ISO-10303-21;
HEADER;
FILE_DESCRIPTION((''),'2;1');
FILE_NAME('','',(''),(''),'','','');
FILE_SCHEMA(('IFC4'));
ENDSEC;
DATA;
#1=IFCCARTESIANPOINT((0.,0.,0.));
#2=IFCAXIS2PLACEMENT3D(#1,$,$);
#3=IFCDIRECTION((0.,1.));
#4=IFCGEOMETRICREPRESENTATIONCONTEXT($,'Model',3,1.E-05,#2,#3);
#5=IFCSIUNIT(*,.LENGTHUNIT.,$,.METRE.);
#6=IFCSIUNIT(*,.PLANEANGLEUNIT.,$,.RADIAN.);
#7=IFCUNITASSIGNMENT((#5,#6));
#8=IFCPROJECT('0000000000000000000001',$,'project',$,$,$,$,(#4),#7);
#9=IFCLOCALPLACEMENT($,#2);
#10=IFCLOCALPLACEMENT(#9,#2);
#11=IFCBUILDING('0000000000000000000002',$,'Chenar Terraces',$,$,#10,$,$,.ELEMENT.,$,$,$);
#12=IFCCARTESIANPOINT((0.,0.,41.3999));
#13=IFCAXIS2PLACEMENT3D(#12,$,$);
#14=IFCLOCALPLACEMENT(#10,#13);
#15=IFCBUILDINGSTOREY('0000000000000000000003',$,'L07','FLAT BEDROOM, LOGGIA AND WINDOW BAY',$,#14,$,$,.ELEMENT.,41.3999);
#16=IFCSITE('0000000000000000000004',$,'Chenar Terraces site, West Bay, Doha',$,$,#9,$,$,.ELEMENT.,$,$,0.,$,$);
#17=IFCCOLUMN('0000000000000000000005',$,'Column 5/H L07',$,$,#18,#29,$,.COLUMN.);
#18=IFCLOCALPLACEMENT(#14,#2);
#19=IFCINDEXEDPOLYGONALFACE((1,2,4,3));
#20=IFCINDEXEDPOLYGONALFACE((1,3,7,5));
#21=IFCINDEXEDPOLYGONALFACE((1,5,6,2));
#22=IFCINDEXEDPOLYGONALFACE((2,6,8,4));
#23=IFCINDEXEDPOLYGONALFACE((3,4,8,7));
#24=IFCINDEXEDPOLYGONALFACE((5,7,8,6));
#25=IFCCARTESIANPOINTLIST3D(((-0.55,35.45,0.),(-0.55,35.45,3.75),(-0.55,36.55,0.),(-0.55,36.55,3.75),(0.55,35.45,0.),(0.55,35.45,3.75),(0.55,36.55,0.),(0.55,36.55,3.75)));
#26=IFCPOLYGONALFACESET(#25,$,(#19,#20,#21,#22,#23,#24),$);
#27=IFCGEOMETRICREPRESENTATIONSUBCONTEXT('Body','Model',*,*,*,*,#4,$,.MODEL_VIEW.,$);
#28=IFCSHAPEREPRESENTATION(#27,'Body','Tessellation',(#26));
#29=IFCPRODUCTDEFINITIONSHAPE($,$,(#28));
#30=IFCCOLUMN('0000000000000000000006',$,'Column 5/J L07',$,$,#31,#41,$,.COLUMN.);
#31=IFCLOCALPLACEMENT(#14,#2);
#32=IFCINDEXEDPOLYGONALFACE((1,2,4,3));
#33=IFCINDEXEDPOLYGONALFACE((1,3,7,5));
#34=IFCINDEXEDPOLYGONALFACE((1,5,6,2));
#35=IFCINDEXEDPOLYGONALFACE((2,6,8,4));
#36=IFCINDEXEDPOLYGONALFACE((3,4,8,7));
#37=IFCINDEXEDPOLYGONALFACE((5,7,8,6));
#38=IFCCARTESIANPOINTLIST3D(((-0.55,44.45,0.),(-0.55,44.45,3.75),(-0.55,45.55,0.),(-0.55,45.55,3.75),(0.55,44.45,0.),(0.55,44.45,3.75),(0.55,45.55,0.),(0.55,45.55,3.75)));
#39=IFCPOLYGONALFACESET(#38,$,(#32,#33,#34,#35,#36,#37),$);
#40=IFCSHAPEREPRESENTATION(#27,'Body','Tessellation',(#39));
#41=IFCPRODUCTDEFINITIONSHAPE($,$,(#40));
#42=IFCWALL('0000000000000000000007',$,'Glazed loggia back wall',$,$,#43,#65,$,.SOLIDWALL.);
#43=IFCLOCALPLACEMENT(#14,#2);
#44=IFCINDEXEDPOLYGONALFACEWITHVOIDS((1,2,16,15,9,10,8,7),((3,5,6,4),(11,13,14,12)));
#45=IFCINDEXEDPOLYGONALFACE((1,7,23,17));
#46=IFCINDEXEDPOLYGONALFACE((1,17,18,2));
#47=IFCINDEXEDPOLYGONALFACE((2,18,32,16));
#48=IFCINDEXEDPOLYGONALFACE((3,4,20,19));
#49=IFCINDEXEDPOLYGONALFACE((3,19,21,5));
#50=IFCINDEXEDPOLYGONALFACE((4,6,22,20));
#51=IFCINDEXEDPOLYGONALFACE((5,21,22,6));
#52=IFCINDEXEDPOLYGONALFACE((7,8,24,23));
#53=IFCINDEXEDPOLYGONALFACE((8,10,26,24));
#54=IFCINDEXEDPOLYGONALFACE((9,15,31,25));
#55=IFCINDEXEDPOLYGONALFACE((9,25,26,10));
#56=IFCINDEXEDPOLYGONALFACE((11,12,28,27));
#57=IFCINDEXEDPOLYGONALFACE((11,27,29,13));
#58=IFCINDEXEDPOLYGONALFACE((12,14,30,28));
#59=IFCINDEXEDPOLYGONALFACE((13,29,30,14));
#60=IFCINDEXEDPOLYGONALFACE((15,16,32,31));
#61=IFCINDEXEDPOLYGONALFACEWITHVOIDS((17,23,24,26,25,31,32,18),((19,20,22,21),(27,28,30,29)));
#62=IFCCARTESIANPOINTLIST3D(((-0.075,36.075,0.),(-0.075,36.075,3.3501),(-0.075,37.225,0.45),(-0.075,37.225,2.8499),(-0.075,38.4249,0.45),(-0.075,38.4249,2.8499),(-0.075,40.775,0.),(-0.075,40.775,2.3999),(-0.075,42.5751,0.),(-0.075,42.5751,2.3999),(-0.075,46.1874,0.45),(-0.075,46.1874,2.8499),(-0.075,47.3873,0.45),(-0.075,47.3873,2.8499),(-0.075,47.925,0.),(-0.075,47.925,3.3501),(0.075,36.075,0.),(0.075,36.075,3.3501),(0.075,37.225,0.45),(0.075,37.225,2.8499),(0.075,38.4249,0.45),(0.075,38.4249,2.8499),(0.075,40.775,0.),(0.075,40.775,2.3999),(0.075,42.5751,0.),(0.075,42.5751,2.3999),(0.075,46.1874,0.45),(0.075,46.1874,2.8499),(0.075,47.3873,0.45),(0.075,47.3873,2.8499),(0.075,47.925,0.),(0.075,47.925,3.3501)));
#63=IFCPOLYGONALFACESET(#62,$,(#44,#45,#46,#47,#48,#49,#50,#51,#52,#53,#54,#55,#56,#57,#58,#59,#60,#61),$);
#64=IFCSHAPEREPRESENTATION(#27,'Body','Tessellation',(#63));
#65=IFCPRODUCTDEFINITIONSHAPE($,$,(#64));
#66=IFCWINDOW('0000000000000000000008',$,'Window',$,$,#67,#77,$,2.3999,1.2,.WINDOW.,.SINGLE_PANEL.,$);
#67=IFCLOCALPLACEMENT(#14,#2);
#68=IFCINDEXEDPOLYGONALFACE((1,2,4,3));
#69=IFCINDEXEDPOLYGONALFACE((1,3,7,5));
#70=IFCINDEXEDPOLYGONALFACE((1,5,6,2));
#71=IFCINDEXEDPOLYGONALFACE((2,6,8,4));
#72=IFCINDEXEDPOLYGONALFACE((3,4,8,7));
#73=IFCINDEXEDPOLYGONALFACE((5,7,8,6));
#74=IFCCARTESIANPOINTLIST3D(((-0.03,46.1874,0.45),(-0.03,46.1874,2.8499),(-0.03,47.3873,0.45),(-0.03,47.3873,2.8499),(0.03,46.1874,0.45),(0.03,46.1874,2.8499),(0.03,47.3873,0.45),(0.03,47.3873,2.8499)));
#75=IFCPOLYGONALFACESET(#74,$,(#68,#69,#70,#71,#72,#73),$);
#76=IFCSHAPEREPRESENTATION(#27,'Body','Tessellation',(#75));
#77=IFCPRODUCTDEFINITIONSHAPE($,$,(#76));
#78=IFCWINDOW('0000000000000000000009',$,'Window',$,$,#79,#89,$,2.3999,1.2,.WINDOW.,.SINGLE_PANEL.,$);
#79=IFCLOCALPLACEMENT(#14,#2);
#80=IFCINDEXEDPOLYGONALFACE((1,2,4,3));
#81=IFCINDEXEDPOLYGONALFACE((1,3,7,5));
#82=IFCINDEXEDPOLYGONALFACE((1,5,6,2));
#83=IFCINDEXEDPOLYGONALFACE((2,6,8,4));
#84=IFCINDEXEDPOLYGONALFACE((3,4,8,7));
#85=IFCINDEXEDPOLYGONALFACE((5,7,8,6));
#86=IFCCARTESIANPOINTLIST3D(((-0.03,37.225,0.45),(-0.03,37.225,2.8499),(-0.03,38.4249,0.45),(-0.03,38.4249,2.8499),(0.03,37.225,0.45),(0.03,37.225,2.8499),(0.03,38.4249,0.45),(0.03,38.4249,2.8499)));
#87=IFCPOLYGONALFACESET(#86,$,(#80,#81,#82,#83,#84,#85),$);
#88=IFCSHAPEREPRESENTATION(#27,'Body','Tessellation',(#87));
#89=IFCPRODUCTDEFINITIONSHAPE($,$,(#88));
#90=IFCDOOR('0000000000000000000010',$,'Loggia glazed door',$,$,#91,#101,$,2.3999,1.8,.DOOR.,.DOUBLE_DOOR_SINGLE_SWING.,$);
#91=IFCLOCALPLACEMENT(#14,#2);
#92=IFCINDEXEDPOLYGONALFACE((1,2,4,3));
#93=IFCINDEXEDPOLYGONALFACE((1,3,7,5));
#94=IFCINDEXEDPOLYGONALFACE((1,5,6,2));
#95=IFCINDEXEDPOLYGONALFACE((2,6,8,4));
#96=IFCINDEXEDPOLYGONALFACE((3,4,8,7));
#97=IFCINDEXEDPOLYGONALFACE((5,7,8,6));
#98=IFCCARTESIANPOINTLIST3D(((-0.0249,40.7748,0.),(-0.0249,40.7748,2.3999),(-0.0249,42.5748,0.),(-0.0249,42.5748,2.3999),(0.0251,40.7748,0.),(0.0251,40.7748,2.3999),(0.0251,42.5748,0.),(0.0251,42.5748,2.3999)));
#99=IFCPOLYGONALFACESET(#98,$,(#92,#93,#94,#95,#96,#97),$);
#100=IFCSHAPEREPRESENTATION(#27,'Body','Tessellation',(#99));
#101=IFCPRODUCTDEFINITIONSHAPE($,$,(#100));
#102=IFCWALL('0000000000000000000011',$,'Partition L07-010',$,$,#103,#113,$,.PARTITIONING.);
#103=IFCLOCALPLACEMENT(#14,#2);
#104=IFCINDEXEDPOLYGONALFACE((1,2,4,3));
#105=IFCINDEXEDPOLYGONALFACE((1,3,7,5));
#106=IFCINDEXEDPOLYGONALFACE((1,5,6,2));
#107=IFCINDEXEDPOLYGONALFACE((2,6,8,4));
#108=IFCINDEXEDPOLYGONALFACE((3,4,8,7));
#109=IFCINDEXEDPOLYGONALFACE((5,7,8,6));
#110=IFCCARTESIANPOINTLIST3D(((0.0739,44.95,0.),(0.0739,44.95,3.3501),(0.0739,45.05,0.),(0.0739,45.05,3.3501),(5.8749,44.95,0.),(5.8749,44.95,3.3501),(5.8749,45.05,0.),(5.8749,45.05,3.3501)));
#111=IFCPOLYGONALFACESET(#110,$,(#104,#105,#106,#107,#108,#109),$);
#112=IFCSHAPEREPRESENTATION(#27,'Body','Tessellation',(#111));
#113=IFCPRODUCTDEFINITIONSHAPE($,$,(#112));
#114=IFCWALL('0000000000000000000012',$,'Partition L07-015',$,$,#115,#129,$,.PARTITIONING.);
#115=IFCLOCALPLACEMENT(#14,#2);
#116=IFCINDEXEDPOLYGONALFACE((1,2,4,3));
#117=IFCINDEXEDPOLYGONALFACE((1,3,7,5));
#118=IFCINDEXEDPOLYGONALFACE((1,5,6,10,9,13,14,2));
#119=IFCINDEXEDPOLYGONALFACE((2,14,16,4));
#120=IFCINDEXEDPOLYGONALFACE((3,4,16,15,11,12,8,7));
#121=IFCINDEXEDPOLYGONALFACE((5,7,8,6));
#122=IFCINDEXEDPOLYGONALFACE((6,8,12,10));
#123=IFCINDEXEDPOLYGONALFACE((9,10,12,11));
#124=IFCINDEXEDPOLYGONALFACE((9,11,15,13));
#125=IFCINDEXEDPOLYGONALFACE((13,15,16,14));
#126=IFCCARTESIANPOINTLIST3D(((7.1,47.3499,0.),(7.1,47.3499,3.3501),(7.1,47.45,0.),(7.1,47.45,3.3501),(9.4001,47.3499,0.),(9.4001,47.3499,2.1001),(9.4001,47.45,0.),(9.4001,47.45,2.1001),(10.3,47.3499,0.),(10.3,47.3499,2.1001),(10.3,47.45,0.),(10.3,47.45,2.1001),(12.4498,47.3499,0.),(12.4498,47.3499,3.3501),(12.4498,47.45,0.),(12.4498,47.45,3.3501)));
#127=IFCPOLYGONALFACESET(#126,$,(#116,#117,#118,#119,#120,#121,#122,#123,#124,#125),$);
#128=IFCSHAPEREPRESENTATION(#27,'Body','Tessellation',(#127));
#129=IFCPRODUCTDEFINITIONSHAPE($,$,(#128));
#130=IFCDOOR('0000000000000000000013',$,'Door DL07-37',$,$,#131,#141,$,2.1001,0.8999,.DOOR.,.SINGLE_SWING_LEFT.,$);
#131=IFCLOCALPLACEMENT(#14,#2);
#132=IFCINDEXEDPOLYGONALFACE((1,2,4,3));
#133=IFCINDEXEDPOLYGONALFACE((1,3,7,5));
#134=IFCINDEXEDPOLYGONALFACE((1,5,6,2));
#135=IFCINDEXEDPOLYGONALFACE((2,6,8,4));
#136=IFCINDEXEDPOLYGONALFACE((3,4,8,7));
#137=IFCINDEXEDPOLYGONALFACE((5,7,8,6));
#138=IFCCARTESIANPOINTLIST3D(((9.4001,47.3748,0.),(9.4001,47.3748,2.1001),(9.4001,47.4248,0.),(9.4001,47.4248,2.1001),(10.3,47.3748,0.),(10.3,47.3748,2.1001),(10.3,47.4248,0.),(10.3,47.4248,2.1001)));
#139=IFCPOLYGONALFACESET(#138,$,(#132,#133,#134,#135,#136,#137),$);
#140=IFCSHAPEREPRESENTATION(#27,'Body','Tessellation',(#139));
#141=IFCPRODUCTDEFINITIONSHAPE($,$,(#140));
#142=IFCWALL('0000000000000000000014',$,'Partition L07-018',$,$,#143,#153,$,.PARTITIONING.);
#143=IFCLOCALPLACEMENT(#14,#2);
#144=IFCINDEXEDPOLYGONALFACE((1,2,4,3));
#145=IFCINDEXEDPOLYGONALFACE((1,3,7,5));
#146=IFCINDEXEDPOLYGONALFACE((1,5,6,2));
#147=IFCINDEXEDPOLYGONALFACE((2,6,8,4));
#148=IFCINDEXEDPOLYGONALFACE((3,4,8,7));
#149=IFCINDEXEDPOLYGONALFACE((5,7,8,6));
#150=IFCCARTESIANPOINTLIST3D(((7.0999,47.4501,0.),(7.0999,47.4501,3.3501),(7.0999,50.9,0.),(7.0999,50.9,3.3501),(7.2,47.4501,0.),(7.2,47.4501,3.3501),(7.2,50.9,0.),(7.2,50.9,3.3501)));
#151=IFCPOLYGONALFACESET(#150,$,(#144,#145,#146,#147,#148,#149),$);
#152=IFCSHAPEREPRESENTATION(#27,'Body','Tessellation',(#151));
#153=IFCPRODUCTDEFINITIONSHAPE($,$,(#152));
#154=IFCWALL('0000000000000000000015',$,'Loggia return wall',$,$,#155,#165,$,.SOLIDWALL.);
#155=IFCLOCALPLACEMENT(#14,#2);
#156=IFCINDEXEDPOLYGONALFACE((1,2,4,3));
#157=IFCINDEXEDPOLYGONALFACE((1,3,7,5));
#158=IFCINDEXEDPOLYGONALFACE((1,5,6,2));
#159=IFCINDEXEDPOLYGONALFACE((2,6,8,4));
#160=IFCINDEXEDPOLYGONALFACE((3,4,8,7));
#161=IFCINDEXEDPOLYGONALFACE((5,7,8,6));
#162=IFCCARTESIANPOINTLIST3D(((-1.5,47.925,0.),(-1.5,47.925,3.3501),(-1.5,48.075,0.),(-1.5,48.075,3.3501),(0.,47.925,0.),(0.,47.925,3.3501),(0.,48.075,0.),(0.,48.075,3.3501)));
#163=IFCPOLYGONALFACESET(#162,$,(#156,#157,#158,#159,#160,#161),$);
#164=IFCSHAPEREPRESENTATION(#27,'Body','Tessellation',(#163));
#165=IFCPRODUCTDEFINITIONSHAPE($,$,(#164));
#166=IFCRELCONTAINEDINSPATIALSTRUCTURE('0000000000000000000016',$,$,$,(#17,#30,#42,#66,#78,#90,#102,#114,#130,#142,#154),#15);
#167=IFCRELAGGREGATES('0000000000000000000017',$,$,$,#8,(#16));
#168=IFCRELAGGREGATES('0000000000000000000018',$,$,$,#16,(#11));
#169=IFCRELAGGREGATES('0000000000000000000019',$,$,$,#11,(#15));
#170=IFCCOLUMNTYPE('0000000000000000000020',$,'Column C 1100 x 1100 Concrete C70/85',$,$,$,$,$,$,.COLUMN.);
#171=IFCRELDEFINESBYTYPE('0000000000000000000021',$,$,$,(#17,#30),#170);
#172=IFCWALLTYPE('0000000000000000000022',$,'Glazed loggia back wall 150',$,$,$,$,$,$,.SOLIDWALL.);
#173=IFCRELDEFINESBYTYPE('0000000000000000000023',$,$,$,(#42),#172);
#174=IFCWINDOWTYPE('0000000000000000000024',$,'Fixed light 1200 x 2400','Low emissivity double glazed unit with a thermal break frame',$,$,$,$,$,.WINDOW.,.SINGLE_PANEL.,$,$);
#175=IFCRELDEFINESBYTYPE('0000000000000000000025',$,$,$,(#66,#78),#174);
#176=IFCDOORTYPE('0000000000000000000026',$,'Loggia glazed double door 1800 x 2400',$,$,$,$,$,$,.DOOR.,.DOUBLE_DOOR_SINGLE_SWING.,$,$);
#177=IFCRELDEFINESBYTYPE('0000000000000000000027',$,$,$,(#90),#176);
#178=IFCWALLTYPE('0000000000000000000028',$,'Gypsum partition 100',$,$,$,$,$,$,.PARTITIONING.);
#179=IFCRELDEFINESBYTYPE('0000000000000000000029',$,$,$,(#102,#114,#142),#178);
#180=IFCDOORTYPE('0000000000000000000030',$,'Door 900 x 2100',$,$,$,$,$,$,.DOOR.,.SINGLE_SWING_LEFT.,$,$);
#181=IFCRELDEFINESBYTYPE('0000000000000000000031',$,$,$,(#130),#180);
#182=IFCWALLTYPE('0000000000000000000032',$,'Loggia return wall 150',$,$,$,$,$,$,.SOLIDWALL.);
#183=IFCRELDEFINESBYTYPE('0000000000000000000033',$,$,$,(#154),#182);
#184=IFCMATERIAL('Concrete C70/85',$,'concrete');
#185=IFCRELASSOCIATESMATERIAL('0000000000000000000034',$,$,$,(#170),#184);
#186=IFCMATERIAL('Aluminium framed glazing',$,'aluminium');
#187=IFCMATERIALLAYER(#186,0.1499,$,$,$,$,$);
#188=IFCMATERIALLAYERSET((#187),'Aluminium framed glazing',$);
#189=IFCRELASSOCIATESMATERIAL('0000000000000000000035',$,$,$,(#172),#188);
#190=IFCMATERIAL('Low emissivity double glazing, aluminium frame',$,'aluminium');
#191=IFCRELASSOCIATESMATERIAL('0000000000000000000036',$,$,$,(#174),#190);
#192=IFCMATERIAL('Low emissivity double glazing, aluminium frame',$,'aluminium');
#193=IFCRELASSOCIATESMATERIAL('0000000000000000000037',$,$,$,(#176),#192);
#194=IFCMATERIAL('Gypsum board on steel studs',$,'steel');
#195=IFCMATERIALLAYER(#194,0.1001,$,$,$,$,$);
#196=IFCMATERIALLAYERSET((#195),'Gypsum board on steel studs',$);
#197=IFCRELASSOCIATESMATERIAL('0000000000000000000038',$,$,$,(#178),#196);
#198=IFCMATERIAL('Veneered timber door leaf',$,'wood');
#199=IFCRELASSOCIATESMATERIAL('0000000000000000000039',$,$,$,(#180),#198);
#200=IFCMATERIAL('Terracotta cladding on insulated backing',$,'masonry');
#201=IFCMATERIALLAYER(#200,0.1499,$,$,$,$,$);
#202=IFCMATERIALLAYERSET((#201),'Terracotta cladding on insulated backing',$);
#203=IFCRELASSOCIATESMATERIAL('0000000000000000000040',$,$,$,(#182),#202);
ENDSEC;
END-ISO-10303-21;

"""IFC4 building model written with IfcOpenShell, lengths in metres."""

from ifc_helpers import new_model, si_unit, direction, frame, frame_2d, origin, origin_2d, place, context, subcontext, project, spatial, rectangle, extrude, material, layer, layer_set, material_profile, profile_set, type_object, element, fill, save


model = new_model("IFC4")

# Units and contexts
model_context = context("Model", 3, precision=1e-05, world=origin(), true_north=direction((0.0, 1.0)))
body_context = subcontext(model_context, "Body", "Model", "MODEL_VIEW")
ifc_project = project(units=[si_unit("LENGTHUNIT", "METRE"), si_unit("PLANEANGLEUNIT", "RADIAN")], contexts=[model_context])

# Site, building, storey
site_placement = place(None, origin())
site = spatial("IfcSite", under=ifc_project, at=site_placement, Name="Chenar Terraces site, West Bay, Doha", CompositionType="ELEMENT", RefElevation=0.0)
building_placement = place(site_placement, origin())
building = spatial("IfcBuilding", under=site, at=building_placement, Name="Chenar Terraces", CompositionType="ELEMENT")
storey_placement = place(building_placement, frame((0.0, 0.0, 41.3999)))
storey = spatial("IfcBuildingStorey", under=building, at=storey_placement, Name="L07", Description="FLAT BEDROOM, LOGGIA AND WINDOW BAY", CompositionType="ELEMENT", Elevation=41.3999)

# Columns
ifc_material_1 = material(Name="Concrete C70/85", Category="concrete")
ifc_material_profile_1 = material_profile(ifc_material_1, rectangle(XDim=1.1001, YDim=1.1001, at=origin_2d()), Name="C 1100 x 1100")
ifc_profile_set_1 = profile_set([ifc_material_profile_1], Name="Concrete C70/85")
column_type = type_object("IfcColumnType", Name="Column C 1100 x 1100 Concrete C70/85", PredefinedType="COLUMN", material=ifc_profile_set_1)
placement = place(storey_placement, frame((0.0, 36.0, 0.0), z_axis=(0.0, 0.0, 1.0), x_axis=(1.0, 0.0, 0.0)))
element("IfcColumn", 1, at=placement, inside=storey, type_object=column_type, Name="Column 5/H L07", PredefinedType="COLUMN", context=body_context, shape_type="SweptSolid", body=[
    extrude(rectangle(XDim=1.1001, YDim=1.1001, at=origin_2d()), origin(), (0.0, 0.0, 1.0), 3.75),
])
column_1_placement = place(storey_placement, frame((0.0, 45.0, 0.0), z_axis=(0.0, 0.0, 1.0), x_axis=(1.0, 0.0, 0.0)))
element("IfcColumn", 2, at=column_1_placement, inside=storey, type_object=column_type, Name="Column 5/J L07", PredefinedType="COLUMN", context=body_context, shape_type="SweptSolid", body=[
    extrude(rectangle(XDim=1.1001, YDim=1.1001, at=origin_2d()), origin(), (0.0, 0.0, 1.0), 3.75),
])

# Wall, openings, windows, door
ifc_material_2 = material(Name="Aluminium framed glazing", Category="aluminium")
ifc_layer_1 = layer(ifc_material_2, 0.1499)
ifc_layer_set_1 = layer_set([ifc_layer_1], Name="Aluminium framed glazing")
wall_type_1 = type_object("IfcWallType", Name="Glazed loggia back wall 150", PredefinedType="SOLIDWALL", material=ifc_layer_set_1)
wall_1_placement = place(storey_placement, frame((0.0, 47.925, 0.0), z_axis=(0.0, 0.0, 1.0), x_axis=(0.0, -1.0, 0.0)))
wall_1 = element("IfcWall", 3, at=wall_1_placement, inside=storey, type_object=wall_type_1, Name="Glazed loggia back wall", PredefinedType="SOLIDWALL", context=body_context, shape_type="SweptSolid", body=[
    extrude(rectangle(XDim=11.8501, YDim=0.1499, at=frame_2d((5.925, 0.0))), origin(), (0.0, 0.0, 1.0), 3.3501),
])
opening_1_placement = place(wall_1_placement, frame((0.5376, 0.0, 0.45)))
opening_1 = element("IfcOpeningElement", 4, at=opening_1_placement, cuts=wall_1, PredefinedType="OPENING", context=body_context, shape_type="SweptSolid", body=[
    extrude(rectangle(XDim=1.2, YDim=2.3999, at=frame_2d((0.6001, 1.2))), frame((0.0, 0.085, 0.0), z_axis=(0.0, -1.0, 0.0), x_axis=(1.0, 0.0, 0.0)), (0.0, 0.0, 1.0), 0.1699),
])
opening_2_placement = place(wall_1_placement, frame((5.3501, 0.0, 0.0)))
opening_2 = element("IfcOpeningElement", 5, at=opening_2_placement, cuts=wall_1, PredefinedType="OPENING", context=body_context, shape_type="SweptSolid", body=[
    extrude(rectangle(XDim=1.8, YDim=2.3999, at=frame_2d((0.8999, 1.2))), frame((0.0, 0.085, 0.0), z_axis=(0.0, -1.0, 0.0), x_axis=(1.0, 0.0, 0.0)), (0.0, 0.0, 1.0), 0.1699),
])
opening_3_placement = place(wall_1_placement, frame((9.5, 0.0, 0.45)))
opening_3 = element("IfcOpeningElement", 6, at=opening_3_placement, cuts=wall_1, PredefinedType="OPENING", context=body_context, shape_type="SweptSolid", body=[
    extrude(rectangle(XDim=1.2, YDim=2.3999, at=frame_2d((0.6001, 1.2))), frame((0.0, 0.085, 0.0), z_axis=(0.0, -1.0, 0.0), x_axis=(1.0, 0.0, 0.0)), (0.0, 0.0, 1.0), 0.1699),
])
ifc_material_3 = material(Name="Low emissivity double glazing, aluminium frame", Category="aluminium")
window_type = type_object("IfcWindowType", Name="Fixed light 1200 x 2400", Description="Low emissivity double glazed unit with a thermal break frame", PartitioningType="SINGLE_PANEL", PredefinedType="WINDOW", material=ifc_material_3)
window_1_placement = place(opening_1_placement, origin())
window_1 = element("IfcWindow", 7, at=window_1_placement, inside=storey, type_object=window_type, Name="Window", OverallHeight=2.3999, OverallWidth=1.2, PartitioningType="SINGLE_PANEL", PredefinedType="WINDOW", context=body_context, shape_type="SweptSolid", body=[
    extrude(rectangle(XDim=1.2, YDim=2.3999, at=frame_2d((0.6001, 1.2))), frame((0.0, 0.03, 0.0), z_axis=(0.0, -1.0, 0.0), x_axis=(1.0, 0.0, 0.0)), (0.0, 0.0, 1.0), 0.0601),
])
fill(opening_1, window_1)
window_2_placement = place(opening_3_placement, origin())
window_2 = element("IfcWindow", 8, at=window_2_placement, inside=storey, type_object=window_type, Name="Window", OverallHeight=2.3999, OverallWidth=1.2, PartitioningType="SINGLE_PANEL", PredefinedType="WINDOW", context=body_context, shape_type="SweptSolid", body=[
    extrude(rectangle(XDim=1.2, YDim=2.3999, at=frame_2d((0.6001, 1.2))), frame((0.0, 0.03, 0.0), z_axis=(0.0, -1.0, 0.0), x_axis=(1.0, 0.0, 0.0)), (0.0, 0.0, 1.0), 0.0601),
])
fill(opening_3, window_2)
ifc_material_4 = material(Name="Low emissivity double glazing, aluminium frame", Category="aluminium")
door_type_1 = type_object("IfcDoorType", Name="Loggia glazed double door 1800 x 2400", OperationType="DOUBLE_DOOR_SINGLE_SWING", PredefinedType="DOOR", material=ifc_material_4)
door_1_placement = place(opening_2_placement, frame((1.8, 0.0, 0.0), z_axis=(0.0, 0.0, 1.0), x_axis=(-1.0, 0.0, 0.0)))
door_1 = element("IfcDoor", 9, at=door_1_placement, inside=storey, type_object=door_type_1, Name="Loggia glazed door", OperationType="DOUBLE_DOOR_SINGLE_SWING", OverallHeight=2.3999, OverallWidth=1.8, PredefinedType="DOOR", context=body_context, shape_type="SweptSolid", body=[
    extrude(rectangle(XDim=1.8, YDim=2.3999, at=frame_2d((0.8999, 1.2))), frame((0.0, 0.0249, 0.0), z_axis=(0.0, -1.0, 0.0), x_axis=(1.0, 0.0, 0.0)), (0.0, 0.0, 1.0), 0.05),
])
fill(opening_2, door_1)

# Wall
ifc_material_5 = material(Name="Gypsum board on steel studs", Category="steel")
ifc_layer_2 = layer(ifc_material_5, 0.1001)
ifc_layer_set_2 = layer_set([ifc_layer_2], Name="Gypsum board on steel studs")
wall_type_2 = type_object("IfcWallType", Name="Gypsum partition 100", PredefinedType="PARTITIONING", material=ifc_layer_set_2)
wall_2_placement = place(storey_placement, frame((0.074, 45.0, 0.0), z_axis=(0.0, 0.0, 1.0), x_axis=(1.0, 0.0, 0.0)))
element("IfcWall", 10, at=wall_2_placement, inside=storey, type_object=wall_type_2, Name="Partition L07-010", PredefinedType="PARTITIONING", context=body_context, shape_type="SweptSolid", body=[
    extrude(rectangle(XDim=5.801, YDim=0.1001, at=frame_2d((2.9004, 0.0))), origin(), (0.0, 0.0, 1.0), 3.3501),
])

# Wall, opening, door
wall_3_placement = place(storey_placement, frame((7.1001, 47.3999, 0.0), z_axis=(0.0, 0.0, 1.0), x_axis=(1.0, 0.0, 0.0)))
wall_3 = element("IfcWall", 11, at=wall_3_placement, inside=storey, type_object=wall_type_2, Name="Partition L07-015", PredefinedType="PARTITIONING", context=body_context, shape_type="SweptSolid", body=[
    extrude(rectangle(XDim=5.3499, YDim=0.1001, at=frame_2d((2.6748, 0.0))), origin(), (0.0, 0.0, 1.0), 3.3501),
])
opening_4_placement = place(wall_3_placement, frame((2.3, 0.0, 0.0)))
opening_4 = element("IfcOpeningElement", 12, at=opening_4_placement, cuts=wall_3, PredefinedType="OPENING", context=body_context, shape_type="SweptSolid", body=[
    extrude(rectangle(XDim=0.8999, YDim=2.1001, at=frame_2d((0.45, 1.05))), frame((0.0, 0.0601, 0.0), z_axis=(0.0, -1.0, 0.0), x_axis=(1.0, 0.0, 0.0)), (0.0, 0.0, 1.0), 0.1201),
])
ifc_material_6 = material(Name="Veneered timber door leaf", Category="wood")
door_type_2 = type_object("IfcDoorType", Name="Door 900 x 2100", OperationType="SINGLE_SWING_LEFT", PredefinedType="DOOR", material=ifc_material_6)
door_2_placement = place(opening_4_placement, origin())
door_2 = element("IfcDoor", 13, at=door_2_placement, inside=storey, type_object=door_type_2, Name="Door DL07-37", OperationType="SINGLE_SWING_LEFT", OverallHeight=2.1001, OverallWidth=0.8999, PredefinedType="DOOR", context=body_context, shape_type="SweptSolid", body=[
    extrude(rectangle(XDim=0.8999, YDim=2.1001, at=frame_2d((0.45, 1.05))), frame((0.0, 0.0249, 0.0), z_axis=(0.0, -1.0, 0.0), x_axis=(1.0, 0.0, 0.0)), (0.0, 0.0, 1.0), 0.05),
])
fill(opening_4, door_2)

# Walls
wall_4_placement = place(storey_placement, frame((7.1499, 47.45, 0.0), z_axis=(0.0, 0.0, 1.0), x_axis=(0.0, 1.0, 0.0)))
element("IfcWall", 14, at=wall_4_placement, inside=storey, type_object=wall_type_2, Name="Partition L07-018", PredefinedType="PARTITIONING", context=body_context, shape_type="SweptSolid", body=[
    extrude(rectangle(XDim=3.45, YDim=0.1001, at=frame_2d((1.7251, 0.0))), origin(), (0.0, 0.0, 1.0), 3.3501),
])
ifc_material_7 = material(Name="Terracotta cladding on insulated backing", Category="masonry")
ifc_layer_3 = layer(ifc_material_7, 0.1499)
ifc_layer_set_3 = layer_set([ifc_layer_3], Name="Terracotta cladding on insulated backing")
wall_type_3 = type_object("IfcWallType", Name="Loggia return wall 150", PredefinedType="SOLIDWALL", material=ifc_layer_set_3)
for number, where, z_axis, x_axis, name in (
    (15, (-1.5, 48.0, 0.0), (0.0, 0.0, 1.0), (1.0, 0.0, 0.0), "Loggia return wall"),
):
    element("IfcWall", number, at=place(storey_placement, frame(where, z_axis=z_axis, x_axis=x_axis)), inside=storey, type_object=wall_type_3, Name=name, PredefinedType="SOLIDWALL", context=body_context, shape_type="SweptSolid", body=[
        extrude(rectangle(XDim=1.5, YDim=0.1499, at=frame_2d((0.75, 0.0))), origin(), (0.0, 0.0, 1.0), 3.3501),
    ])

save(model, "model.ifc")
